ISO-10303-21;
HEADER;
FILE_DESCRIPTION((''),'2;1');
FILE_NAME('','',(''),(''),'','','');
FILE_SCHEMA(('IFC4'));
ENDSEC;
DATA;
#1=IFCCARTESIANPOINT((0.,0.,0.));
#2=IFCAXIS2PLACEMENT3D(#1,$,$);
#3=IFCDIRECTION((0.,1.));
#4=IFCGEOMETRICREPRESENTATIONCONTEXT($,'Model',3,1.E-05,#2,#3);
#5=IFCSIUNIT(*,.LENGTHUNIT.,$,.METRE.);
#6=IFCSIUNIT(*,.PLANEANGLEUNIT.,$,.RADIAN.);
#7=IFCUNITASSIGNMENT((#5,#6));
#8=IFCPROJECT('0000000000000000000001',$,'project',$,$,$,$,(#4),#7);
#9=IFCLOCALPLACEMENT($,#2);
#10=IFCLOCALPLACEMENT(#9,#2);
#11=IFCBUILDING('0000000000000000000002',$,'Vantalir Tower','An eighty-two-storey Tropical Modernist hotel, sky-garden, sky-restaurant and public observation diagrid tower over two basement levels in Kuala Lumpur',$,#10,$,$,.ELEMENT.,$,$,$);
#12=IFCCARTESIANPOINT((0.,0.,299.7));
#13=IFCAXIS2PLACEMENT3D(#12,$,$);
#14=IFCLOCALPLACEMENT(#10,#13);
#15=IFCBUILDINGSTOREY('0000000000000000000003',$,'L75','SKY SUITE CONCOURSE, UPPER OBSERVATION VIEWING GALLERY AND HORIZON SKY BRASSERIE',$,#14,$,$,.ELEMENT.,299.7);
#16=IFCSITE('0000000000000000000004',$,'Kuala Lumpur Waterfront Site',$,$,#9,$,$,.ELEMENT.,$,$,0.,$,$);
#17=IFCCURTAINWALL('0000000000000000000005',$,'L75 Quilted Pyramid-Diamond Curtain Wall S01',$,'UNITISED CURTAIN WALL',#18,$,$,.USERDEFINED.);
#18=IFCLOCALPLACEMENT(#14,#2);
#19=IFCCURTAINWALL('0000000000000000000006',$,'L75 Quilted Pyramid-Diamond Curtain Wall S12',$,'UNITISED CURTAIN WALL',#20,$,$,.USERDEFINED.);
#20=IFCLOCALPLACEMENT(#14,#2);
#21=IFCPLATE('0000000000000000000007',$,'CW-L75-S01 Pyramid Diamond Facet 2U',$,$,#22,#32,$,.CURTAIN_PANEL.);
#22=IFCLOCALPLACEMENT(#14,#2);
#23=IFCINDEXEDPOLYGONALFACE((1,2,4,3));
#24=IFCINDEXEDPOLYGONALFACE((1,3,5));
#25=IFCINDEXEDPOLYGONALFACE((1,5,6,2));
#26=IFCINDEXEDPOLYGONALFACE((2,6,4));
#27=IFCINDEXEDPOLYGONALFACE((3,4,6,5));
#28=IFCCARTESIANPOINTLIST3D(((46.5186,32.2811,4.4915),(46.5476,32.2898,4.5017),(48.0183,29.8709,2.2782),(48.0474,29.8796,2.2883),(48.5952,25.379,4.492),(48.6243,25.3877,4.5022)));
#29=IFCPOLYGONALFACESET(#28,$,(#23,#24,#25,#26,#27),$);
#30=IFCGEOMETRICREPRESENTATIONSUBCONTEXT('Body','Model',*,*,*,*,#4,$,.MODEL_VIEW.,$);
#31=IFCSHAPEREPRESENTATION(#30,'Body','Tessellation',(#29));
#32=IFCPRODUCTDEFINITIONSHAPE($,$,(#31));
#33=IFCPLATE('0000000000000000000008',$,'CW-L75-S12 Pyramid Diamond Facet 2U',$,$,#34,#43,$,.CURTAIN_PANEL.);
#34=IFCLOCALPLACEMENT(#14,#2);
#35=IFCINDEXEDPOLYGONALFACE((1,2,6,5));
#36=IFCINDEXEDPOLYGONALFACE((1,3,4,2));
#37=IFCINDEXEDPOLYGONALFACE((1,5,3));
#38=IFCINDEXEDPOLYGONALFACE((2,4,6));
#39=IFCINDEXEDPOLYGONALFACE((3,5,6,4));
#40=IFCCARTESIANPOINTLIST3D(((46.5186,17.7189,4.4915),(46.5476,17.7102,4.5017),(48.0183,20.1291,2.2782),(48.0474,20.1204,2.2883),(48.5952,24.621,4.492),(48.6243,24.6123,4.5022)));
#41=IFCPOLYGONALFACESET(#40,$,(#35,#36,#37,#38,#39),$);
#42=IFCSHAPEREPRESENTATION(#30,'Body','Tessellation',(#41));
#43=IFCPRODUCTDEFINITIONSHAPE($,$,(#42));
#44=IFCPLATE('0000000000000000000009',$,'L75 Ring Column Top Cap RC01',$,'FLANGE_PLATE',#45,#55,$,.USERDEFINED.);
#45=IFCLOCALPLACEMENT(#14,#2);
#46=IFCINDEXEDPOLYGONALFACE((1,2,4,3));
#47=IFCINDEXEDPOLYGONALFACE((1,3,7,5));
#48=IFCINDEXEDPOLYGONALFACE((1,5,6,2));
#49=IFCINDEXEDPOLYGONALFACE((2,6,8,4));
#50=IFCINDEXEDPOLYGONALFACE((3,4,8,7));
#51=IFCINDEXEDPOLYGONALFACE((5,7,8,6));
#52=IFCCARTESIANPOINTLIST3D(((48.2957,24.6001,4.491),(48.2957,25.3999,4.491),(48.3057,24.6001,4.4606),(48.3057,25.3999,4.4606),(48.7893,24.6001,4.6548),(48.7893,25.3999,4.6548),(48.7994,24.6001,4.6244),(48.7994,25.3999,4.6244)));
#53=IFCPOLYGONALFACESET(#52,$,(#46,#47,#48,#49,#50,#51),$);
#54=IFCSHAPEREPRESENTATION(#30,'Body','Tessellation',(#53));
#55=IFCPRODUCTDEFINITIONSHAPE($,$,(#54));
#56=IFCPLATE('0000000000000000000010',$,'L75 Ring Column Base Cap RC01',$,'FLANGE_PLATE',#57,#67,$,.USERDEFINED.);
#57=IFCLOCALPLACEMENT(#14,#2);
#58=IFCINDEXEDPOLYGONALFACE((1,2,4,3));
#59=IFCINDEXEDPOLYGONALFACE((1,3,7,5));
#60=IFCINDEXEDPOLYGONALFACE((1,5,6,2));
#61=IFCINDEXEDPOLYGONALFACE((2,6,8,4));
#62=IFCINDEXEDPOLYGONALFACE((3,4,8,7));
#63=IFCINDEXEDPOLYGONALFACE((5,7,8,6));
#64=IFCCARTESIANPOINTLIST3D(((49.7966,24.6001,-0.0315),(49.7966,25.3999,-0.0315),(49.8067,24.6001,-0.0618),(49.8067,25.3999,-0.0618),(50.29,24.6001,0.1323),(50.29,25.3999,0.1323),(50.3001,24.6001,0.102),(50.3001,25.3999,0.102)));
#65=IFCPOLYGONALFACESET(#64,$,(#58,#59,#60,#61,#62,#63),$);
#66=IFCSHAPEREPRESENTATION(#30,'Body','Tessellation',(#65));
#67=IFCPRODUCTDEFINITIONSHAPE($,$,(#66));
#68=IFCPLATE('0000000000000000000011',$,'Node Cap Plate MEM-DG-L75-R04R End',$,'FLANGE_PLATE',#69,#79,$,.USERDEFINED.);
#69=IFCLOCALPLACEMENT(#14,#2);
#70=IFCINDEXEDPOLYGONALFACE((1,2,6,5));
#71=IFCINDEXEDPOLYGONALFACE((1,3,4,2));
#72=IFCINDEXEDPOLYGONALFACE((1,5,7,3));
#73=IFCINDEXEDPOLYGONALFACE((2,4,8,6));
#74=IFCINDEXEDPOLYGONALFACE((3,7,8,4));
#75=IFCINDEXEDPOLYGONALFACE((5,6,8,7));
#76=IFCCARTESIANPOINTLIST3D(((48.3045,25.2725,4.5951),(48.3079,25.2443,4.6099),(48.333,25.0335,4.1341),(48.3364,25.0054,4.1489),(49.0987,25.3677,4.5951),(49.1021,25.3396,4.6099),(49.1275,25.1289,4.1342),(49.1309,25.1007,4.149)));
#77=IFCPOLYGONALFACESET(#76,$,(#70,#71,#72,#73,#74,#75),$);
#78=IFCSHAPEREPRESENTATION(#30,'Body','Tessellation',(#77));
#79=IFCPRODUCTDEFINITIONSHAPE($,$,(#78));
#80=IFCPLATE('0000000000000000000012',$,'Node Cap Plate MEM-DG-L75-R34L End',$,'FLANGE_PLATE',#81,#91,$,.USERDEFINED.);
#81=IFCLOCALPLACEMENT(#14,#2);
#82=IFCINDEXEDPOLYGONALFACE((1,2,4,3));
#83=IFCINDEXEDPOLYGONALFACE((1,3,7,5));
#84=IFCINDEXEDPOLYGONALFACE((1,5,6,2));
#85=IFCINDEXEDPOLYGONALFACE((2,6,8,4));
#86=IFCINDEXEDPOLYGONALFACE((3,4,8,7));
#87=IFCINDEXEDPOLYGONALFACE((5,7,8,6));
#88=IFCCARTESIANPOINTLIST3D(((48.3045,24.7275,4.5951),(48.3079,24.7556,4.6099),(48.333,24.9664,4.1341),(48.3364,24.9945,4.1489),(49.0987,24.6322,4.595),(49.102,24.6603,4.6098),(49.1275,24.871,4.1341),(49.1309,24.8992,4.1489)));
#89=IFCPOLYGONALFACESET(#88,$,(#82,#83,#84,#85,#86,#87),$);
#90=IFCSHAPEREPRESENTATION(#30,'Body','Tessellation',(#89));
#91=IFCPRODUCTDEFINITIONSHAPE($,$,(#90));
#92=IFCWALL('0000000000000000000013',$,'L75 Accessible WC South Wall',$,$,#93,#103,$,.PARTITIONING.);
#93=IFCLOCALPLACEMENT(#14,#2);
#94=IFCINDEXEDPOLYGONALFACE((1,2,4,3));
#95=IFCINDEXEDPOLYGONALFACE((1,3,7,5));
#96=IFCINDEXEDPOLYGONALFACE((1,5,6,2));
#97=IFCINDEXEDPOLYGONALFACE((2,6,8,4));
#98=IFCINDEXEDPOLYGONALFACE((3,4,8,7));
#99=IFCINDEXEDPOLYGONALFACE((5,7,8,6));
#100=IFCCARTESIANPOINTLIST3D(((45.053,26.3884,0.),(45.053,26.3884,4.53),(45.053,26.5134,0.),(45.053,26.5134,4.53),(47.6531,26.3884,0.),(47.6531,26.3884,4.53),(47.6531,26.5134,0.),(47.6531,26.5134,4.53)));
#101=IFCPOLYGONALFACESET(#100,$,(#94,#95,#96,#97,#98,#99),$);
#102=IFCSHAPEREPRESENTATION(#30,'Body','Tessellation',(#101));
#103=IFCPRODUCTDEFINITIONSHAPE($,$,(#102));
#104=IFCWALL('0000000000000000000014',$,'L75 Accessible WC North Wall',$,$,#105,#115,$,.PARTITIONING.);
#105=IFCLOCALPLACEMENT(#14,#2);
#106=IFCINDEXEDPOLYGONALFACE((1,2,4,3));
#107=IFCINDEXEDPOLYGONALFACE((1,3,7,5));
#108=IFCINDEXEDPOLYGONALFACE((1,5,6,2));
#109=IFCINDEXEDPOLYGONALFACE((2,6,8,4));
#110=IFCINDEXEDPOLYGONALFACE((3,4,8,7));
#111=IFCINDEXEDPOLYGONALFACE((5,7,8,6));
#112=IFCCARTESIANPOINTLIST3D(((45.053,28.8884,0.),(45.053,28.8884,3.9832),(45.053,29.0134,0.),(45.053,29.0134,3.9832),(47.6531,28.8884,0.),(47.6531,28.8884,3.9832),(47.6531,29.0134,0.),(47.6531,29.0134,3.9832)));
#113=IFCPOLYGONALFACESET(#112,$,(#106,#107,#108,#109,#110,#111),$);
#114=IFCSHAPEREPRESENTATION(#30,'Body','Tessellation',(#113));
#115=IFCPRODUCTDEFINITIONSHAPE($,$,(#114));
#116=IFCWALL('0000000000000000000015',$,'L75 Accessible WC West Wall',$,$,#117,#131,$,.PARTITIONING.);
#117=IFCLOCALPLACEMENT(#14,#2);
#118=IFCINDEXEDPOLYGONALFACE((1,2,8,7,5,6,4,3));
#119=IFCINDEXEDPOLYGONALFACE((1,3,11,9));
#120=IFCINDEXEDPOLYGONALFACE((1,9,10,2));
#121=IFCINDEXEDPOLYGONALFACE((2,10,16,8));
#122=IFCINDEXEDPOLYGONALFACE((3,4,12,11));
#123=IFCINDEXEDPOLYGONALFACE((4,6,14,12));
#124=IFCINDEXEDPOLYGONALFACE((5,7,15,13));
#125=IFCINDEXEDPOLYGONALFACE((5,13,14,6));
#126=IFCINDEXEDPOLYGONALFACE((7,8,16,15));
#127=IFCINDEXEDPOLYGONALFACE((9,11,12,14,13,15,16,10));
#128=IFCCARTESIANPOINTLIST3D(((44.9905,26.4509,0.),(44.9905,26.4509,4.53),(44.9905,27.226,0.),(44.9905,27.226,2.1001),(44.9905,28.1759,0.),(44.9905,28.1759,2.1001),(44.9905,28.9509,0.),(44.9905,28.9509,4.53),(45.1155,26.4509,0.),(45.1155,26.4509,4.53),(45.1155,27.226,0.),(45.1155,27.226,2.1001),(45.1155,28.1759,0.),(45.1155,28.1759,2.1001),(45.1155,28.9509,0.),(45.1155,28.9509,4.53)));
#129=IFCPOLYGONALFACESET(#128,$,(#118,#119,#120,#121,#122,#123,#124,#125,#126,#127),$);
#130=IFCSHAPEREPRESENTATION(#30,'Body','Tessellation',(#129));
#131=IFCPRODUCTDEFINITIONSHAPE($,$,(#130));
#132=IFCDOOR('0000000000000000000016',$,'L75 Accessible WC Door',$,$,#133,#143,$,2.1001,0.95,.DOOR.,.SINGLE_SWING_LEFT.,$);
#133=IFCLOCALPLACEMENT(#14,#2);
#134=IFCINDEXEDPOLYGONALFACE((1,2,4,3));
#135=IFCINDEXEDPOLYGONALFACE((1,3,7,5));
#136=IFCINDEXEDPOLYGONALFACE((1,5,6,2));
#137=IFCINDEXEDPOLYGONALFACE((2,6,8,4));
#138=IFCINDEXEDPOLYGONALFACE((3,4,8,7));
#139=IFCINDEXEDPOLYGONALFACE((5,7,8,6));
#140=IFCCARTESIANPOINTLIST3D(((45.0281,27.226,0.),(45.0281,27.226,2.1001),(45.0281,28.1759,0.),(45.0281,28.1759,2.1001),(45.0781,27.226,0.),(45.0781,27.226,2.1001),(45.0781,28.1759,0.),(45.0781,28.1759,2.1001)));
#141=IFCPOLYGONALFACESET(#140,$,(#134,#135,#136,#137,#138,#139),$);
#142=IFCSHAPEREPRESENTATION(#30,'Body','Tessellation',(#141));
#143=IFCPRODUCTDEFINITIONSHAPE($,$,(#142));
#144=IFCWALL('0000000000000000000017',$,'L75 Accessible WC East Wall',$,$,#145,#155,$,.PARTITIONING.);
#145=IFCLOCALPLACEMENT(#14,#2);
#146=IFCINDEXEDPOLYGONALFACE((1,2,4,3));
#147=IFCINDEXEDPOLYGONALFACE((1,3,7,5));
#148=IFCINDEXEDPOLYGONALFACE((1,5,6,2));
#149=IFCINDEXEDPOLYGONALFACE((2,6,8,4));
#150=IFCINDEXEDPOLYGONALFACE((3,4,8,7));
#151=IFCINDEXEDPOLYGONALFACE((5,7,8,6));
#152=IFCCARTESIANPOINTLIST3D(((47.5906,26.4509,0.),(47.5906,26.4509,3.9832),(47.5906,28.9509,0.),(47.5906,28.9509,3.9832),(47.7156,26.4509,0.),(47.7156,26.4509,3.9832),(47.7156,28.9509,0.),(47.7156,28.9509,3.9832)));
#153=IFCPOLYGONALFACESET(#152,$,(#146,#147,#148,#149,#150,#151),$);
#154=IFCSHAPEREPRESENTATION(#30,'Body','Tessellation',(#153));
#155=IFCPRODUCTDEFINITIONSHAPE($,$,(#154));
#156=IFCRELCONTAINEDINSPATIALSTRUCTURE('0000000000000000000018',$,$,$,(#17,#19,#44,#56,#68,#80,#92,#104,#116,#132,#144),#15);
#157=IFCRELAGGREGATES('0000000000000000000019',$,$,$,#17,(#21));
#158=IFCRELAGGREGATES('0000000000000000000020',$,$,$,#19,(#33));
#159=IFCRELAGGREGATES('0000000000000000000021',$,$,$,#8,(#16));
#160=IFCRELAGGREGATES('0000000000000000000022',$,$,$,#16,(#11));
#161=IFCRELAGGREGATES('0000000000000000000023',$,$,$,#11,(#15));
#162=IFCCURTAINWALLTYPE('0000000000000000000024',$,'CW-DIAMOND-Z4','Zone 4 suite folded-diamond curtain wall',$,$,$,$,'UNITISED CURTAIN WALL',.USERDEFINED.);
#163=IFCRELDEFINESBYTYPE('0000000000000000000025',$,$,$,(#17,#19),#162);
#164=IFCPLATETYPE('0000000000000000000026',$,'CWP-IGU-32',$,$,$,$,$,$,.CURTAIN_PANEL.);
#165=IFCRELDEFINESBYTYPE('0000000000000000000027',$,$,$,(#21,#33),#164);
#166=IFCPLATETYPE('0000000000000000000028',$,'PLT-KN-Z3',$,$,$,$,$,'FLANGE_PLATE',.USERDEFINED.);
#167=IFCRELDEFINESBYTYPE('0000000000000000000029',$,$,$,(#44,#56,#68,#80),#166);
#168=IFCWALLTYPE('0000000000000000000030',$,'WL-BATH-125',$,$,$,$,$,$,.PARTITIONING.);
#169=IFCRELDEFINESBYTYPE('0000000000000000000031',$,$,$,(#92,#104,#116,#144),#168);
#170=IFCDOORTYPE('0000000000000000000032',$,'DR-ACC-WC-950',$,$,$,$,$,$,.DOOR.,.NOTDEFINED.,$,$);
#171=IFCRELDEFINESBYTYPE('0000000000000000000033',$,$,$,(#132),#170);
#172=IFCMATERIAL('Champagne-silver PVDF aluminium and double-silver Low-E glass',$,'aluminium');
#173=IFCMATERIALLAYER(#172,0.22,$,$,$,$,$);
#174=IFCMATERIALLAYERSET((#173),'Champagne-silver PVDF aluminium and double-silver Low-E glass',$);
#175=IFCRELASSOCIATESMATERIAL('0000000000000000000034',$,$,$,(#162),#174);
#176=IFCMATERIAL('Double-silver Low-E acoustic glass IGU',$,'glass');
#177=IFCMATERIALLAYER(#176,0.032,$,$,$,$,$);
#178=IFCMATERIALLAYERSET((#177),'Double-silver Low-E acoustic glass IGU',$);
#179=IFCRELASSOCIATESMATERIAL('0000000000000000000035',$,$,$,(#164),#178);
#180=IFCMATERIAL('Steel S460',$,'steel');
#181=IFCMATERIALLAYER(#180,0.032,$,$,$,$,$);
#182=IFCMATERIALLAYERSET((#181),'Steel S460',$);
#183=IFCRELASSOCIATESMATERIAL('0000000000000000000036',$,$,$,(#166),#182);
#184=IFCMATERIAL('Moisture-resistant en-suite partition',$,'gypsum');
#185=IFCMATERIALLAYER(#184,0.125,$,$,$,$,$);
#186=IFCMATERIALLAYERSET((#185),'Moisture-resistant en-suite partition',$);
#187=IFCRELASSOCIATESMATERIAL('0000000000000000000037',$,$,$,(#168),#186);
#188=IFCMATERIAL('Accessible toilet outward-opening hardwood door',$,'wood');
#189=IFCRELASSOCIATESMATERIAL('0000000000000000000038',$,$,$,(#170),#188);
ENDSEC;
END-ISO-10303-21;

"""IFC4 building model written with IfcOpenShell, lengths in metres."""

from ifc_helpers import new_model, si_unit, direction, frame, frame_2d, origin, place, context, subcontext, project, spatial, polyline, rectangle, outline, extrude, material, layer, layer_set, type_object, element, fill, aggregate, save


model = new_model("IFC4")

# Units and contexts
model_context = context("Model", 3, precision=1e-05, world=origin(), true_north=direction((0.0, 1.0)))
body_context = subcontext(model_context, "Body", "Model", "MODEL_VIEW")
ifc_project = project(units=[si_unit("LENGTHUNIT", "METRE"), si_unit("PLANEANGLEUNIT", "RADIAN")], contexts=[model_context])

# Site, building, storey
site_placement = place(None, origin())
site = spatial("IfcSite", under=ifc_project, at=site_placement, Name="Kuala Lumpur Waterfront Site", CompositionType="ELEMENT", RefElevation=0.0)
building_placement = place(site_placement, origin())
building = spatial("IfcBuilding", under=site, at=building_placement, Name="Vantalir Tower", Description="An eighty-two-storey Tropical Modernist hotel, sky-garden, sky-restaurant and public observation diagrid tower over two basement levels in Kuala Lumpur", CompositionType="ELEMENT")
storey_placement = place(building_placement, frame((0.0, 0.0, 299.7)))
storey = spatial("IfcBuildingStorey", under=building, at=storey_placement, Name="L75", Description="SKY SUITE CONCOURSE, UPPER OBSERVATION VIEWING GALLERY AND HORIZON SKY BRASSERIE", CompositionType="ELEMENT", Elevation=299.7)

# Shared definitions
ifc_material_1 = material(Name="Steel S460", Category="steel")

# Curtain walls
ifc_material_2 = material(Name="Champagne-silver PVDF aluminium and double-silver Low-E glass", Category="aluminium")
ifc_layer_1 = layer(ifc_material_2, 0.22)
ifc_layer_set_1 = layer_set([ifc_layer_1], Name="Champagne-silver PVDF aluminium and double-silver Low-E glass")
curtain_wall_type = type_object("IfcCurtainWallType", Name="CW-DIAMOND-Z4", Description="Zone 4 suite folded-diamond curtain wall", ElementType="UNITISED CURTAIN WALL", PredefinedType="USERDEFINED", material=ifc_layer_set_1)
curtain_wall_1_placement = place(storey_placement, origin())
curtain_wall_1 = element("IfcCurtainWall", 1, at=curtain_wall_1_placement, inside=storey, type_object=curtain_wall_type, Name="L75 Quilted Pyramid-Diamond Curtain Wall S01", ObjectType="UNITISED CURTAIN WALL", PredefinedType="USERDEFINED")
curtain_wall_2_placement = place(storey_placement, origin())
curtain_wall_2 = element("IfcCurtainWall", 2, at=curtain_wall_2_placement, inside=storey, type_object=curtain_wall_type, Name="L75 Quilted Pyramid-Diamond Curtain Wall S12", ObjectType="UNITISED CURTAIN WALL", PredefinedType="USERDEFINED")

# Plates
ifc_material_3 = material(Name="Double-silver Low-E acoustic glass IGU", Category="glass")
ifc_layer_2 = layer(ifc_material_3, 0.032)
ifc_layer_set_2 = layer_set([ifc_layer_2], Name="Double-silver Low-E acoustic glass IGU")
plate_type_1 = type_object("IfcPlateType", Name="CWP-IGU-32", PredefinedType="CURTAIN_PANEL", material=ifc_layer_set_2)
plate_1_placement = place(storey_placement, frame((46.5476, 32.2898, 4.5017), z_axis=(0.907968, 0.273206, 0.317732), x_axis=(0.288115, -0.957596, 0.000068)))
plate_1 = element("IfcPlate", 3, at=plate_1_placement, type_object=plate_type_1, Name="CW-L75-S01 Pyramid Diamond Facet 2U", PredefinedType="CURTAIN_PANEL", context=body_context, shape_type="SweptSolid", body=[
    extrude(outline(polyline([(0.0, 0.0), (7.2077, 0.0), (2.7399, 2.3345), (0.0, 0.0)])), origin(), (0.0, 0.0, -1.0), 0.032),
])
aggregate(curtain_wall_1, [plate_1])
plate_2_placement = place(storey_placement, frame((48.6243, 24.6123, 4.5022), z_axis=(0.907968, -0.273206, 0.317732), x_axis=(-0.288115, -0.957596, -0.000068)))
plate_2 = element("IfcPlate", 4, at=plate_2_placement, type_object=plate_type_1, Name="CW-L75-S12 Pyramid Diamond Facet 2U", PredefinedType="CURTAIN_PANEL", context=body_context, shape_type="SweptSolid", body=[
    extrude(outline(polyline([(0.0, 0.0), (7.2077, 0.0), (4.4678, 2.3345), (0.0, 0.0)])), origin(), (0.0, 0.0, -1.0), 0.032),
])
aggregate(curtain_wall_2, [plate_2])

# Plates
ifc_layer_3 = layer(ifc_material_1, 0.032)
ifc_layer_set_3 = layer_set([ifc_layer_3], Name="Steel S460")
plate_type_2 = type_object("IfcPlateType", Name="PLT-KN-Z3", ElementType="FLANGE_PLATE", PredefinedType="USERDEFINED", material=ifc_layer_set_3)
plate_3_placement = place(storey_placement, frame((48.2957, 25.3999, 4.491), z_axis=(-0.31496, 0.0, 0.949105), x_axis=(0.0, -1.0, 0.0)))
element("IfcPlate", 5, at=plate_3_placement, inside=storey, type_object=plate_type_2, Name="L75 Ring Column Top Cap RC01", ObjectType="FLANGE_PLATE", PredefinedType="USERDEFINED", context=body_context, shape_type="SweptSolid", body=[
    extrude(outline(polyline([(0.0, 0.0), (0.7998, 0.0), (0.7998, 0.5201), (0.0, 0.5201), (0.0, 0.0)])), origin(), (0.0, 0.0, -1.0), 0.032),
])
plate_4_placement = place(storey_placement, frame((49.7966, 25.3999, -0.0315), z_axis=(-0.315101, 0.0, 0.949058), x_axis=(0.0, -1.0, 0.0)))
element("IfcPlate", 6, at=plate_4_placement, inside=storey, type_object=plate_type_2, Name="L75 Ring Column Base Cap RC01", ObjectType="FLANGE_PLATE", PredefinedType="USERDEFINED", context=body_context, shape_type="SweptSolid", body=[
    extrude(outline(polyline([(0.0, 0.0), (0.7998, 0.0), (0.7998, 0.5199), (0.0, 0.5199), (0.0, 0.0)])), origin(), (0.0, 0.0, -1.0), 0.032),
])
plate_5_placement = place(storey_placement, frame((48.3364, 25.0054, 4.1489), z_axis=(0.105643, -0.880174, 0.462745), x_axis=(0.992871, 0.119198, 0.000055)))
element("IfcPlate", 7, at=plate_5_placement, inside=storey, type_object=plate_type_2, Name="Node Cap Plate MEM-DG-L75-R04R End", ObjectType="FLANGE_PLATE", PredefinedType="USERDEFINED", context=body_context, shape_type="SweptSolid", body=[
    extrude(outline(polyline([(0.0, 0.0), (0.8001, 0.0), (0.8, 0.5199), (0.0002, 0.52), (0.0, 0.0)])), origin(), (0.0, 0.0, -1.0), 0.032),
])
plate_6_placement = place(storey_placement, frame((49.1309, 24.8992, 4.1489), z_axis=(0.105643, 0.880174, 0.462745), x_axis=(-0.992871, 0.119198, -0.000055)))
element("IfcPlate", 8, at=plate_6_placement, inside=storey, type_object=plate_type_2, Name="Node Cap Plate MEM-DG-L75-R34L End", ObjectType="FLANGE_PLATE", PredefinedType="USERDEFINED", context=body_context, shape_type="SweptSolid", body=[
    extrude(outline(polyline([(0.0, 0.0), (0.8001, 0.0), (0.8, 0.52), (0.0001, 0.5199), (0.0, 0.0)])), origin(), (0.0, 0.0, -1.0), 0.032),
])

# Walls
ifc_material_4 = material(Name="Moisture-resistant en-suite partition", Category="gypsum")
ifc_layer_4 = layer(ifc_material_4, 0.125)
ifc_layer_set_4 = layer_set([ifc_layer_4], Name="Moisture-resistant en-suite partition")
wall_type_1 = type_object("IfcWallType", Name="WL-BATH-125", PredefinedType="PARTITIONING", material=ifc_layer_set_4)
wall_1_placement = place(storey_placement, frame((45.053, 26.4509, 0.0), z_axis=(0.0, 0.0, 1.0), x_axis=(1.0, 0.0, 0.0)))
element("IfcWall", 9, at=wall_1_placement, inside=storey, type_object=wall_type_1, Name="L75 Accessible WC South Wall", PredefinedType="PARTITIONING", context=body_context, shape_type="SweptSolid", body=[
    extrude(rectangle(XDim=2.6001, YDim=0.125, at=frame_2d((1.3, 0.0))), origin(), (0.0, 0.0, 1.0), 4.53),
])
wall_2_placement = place(storey_placement, frame((45.053, 28.9509, 0.0), z_axis=(0.0, 0.0, 1.0), x_axis=(1.0, 0.0, 0.0)))
element("IfcWall", 10, at=wall_2_placement, inside=storey, type_object=wall_type_1, Name="L75 Accessible WC North Wall", PredefinedType="PARTITIONING", context=body_context, shape_type="SweptSolid", body=[
    extrude(rectangle(XDim=2.6001, YDim=0.125, at=frame_2d((1.3, 0.0))), origin(), (0.0, 0.0, 1.0), 3.9832),
])

# Wall, opening, door
wall_3_placement = place(storey_placement, frame((45.053, 26.4509, 0.0), z_axis=(0.0, 0.0, 1.0), x_axis=(0.0, 1.0, 0.0)))
wall_3 = element("IfcWall", 11, at=wall_3_placement, inside=storey, type_object=wall_type_1, Name="L75 Accessible WC West Wall", PredefinedType="PARTITIONING", context=body_context, shape_type="SweptSolid", body=[
    extrude(rectangle(XDim=2.5, YDim=0.125, at=frame_2d((1.25, 0.0))), origin(), (0.0, 0.0, 1.0), 4.53),
])
opening_1_placement = place(wall_3_placement, frame((0.7749, 0.0, 0.0)))
opening_1 = element("IfcOpeningElement", 12, at=opening_1_placement, cuts=wall_3, PredefinedType="OPENING", context=body_context, shape_type="SweptSolid", body=[
    extrude(rectangle(XDim=0.95, YDim=2.1001, at=frame_2d((0.4751, 1.05))), frame((0.0, 0.0725, 0.0), z_axis=(0.0, -1.0, 0.0), x_axis=(1.0, 0.0, 0.0)), (0.0, 0.0, 1.0), 0.145),
])
ifc_material_5 = material(Name="Accessible toilet outward-opening hardwood door", Category="wood")
door_type_1 = type_object("IfcDoorType", Name="DR-ACC-WC-950", OperationType="NOTDEFINED", PredefinedType="DOOR", material=ifc_material_5)
door_1_placement = place(opening_1_placement, origin())
door_1 = element("IfcDoor", 13, at=door_1_placement, inside=storey, type_object=door_type_1, Name="L75 Accessible WC Door", OperationType="SINGLE_SWING_LEFT", OverallHeight=2.1001, OverallWidth=0.95, PredefinedType="DOOR", context=body_context, shape_type="SweptSolid", body=[
    extrude(rectangle(XDim=0.95, YDim=2.1001, at=frame_2d((0.4751, 1.05))), frame((0.0, 0.0249, 0.0), z_axis=(0.0, -1.0, 0.0), x_axis=(1.0, 0.0, 0.0)), (0.0, 0.0, 1.0), 0.05),
])
fill(opening_1, door_1)

# Wall
wall_4_placement = place(storey_placement, frame((47.6531, 26.4509, 0.0), z_axis=(0.0, 0.0, 1.0), x_axis=(0.0, 1.0, 0.0)))
element("IfcWall", 14, at=wall_4_placement, inside=storey, type_object=wall_type_1, Name="L75 Accessible WC East Wall", PredefinedType="PARTITIONING", context=body_context, shape_type="SweptSolid", body=[
    extrude(rectangle(XDim=2.5, YDim=0.125, at=frame_2d((1.25, 0.0))), origin(), (0.0, 0.0, 1.0), 3.9832),
])

save(model, "model.ifc")
